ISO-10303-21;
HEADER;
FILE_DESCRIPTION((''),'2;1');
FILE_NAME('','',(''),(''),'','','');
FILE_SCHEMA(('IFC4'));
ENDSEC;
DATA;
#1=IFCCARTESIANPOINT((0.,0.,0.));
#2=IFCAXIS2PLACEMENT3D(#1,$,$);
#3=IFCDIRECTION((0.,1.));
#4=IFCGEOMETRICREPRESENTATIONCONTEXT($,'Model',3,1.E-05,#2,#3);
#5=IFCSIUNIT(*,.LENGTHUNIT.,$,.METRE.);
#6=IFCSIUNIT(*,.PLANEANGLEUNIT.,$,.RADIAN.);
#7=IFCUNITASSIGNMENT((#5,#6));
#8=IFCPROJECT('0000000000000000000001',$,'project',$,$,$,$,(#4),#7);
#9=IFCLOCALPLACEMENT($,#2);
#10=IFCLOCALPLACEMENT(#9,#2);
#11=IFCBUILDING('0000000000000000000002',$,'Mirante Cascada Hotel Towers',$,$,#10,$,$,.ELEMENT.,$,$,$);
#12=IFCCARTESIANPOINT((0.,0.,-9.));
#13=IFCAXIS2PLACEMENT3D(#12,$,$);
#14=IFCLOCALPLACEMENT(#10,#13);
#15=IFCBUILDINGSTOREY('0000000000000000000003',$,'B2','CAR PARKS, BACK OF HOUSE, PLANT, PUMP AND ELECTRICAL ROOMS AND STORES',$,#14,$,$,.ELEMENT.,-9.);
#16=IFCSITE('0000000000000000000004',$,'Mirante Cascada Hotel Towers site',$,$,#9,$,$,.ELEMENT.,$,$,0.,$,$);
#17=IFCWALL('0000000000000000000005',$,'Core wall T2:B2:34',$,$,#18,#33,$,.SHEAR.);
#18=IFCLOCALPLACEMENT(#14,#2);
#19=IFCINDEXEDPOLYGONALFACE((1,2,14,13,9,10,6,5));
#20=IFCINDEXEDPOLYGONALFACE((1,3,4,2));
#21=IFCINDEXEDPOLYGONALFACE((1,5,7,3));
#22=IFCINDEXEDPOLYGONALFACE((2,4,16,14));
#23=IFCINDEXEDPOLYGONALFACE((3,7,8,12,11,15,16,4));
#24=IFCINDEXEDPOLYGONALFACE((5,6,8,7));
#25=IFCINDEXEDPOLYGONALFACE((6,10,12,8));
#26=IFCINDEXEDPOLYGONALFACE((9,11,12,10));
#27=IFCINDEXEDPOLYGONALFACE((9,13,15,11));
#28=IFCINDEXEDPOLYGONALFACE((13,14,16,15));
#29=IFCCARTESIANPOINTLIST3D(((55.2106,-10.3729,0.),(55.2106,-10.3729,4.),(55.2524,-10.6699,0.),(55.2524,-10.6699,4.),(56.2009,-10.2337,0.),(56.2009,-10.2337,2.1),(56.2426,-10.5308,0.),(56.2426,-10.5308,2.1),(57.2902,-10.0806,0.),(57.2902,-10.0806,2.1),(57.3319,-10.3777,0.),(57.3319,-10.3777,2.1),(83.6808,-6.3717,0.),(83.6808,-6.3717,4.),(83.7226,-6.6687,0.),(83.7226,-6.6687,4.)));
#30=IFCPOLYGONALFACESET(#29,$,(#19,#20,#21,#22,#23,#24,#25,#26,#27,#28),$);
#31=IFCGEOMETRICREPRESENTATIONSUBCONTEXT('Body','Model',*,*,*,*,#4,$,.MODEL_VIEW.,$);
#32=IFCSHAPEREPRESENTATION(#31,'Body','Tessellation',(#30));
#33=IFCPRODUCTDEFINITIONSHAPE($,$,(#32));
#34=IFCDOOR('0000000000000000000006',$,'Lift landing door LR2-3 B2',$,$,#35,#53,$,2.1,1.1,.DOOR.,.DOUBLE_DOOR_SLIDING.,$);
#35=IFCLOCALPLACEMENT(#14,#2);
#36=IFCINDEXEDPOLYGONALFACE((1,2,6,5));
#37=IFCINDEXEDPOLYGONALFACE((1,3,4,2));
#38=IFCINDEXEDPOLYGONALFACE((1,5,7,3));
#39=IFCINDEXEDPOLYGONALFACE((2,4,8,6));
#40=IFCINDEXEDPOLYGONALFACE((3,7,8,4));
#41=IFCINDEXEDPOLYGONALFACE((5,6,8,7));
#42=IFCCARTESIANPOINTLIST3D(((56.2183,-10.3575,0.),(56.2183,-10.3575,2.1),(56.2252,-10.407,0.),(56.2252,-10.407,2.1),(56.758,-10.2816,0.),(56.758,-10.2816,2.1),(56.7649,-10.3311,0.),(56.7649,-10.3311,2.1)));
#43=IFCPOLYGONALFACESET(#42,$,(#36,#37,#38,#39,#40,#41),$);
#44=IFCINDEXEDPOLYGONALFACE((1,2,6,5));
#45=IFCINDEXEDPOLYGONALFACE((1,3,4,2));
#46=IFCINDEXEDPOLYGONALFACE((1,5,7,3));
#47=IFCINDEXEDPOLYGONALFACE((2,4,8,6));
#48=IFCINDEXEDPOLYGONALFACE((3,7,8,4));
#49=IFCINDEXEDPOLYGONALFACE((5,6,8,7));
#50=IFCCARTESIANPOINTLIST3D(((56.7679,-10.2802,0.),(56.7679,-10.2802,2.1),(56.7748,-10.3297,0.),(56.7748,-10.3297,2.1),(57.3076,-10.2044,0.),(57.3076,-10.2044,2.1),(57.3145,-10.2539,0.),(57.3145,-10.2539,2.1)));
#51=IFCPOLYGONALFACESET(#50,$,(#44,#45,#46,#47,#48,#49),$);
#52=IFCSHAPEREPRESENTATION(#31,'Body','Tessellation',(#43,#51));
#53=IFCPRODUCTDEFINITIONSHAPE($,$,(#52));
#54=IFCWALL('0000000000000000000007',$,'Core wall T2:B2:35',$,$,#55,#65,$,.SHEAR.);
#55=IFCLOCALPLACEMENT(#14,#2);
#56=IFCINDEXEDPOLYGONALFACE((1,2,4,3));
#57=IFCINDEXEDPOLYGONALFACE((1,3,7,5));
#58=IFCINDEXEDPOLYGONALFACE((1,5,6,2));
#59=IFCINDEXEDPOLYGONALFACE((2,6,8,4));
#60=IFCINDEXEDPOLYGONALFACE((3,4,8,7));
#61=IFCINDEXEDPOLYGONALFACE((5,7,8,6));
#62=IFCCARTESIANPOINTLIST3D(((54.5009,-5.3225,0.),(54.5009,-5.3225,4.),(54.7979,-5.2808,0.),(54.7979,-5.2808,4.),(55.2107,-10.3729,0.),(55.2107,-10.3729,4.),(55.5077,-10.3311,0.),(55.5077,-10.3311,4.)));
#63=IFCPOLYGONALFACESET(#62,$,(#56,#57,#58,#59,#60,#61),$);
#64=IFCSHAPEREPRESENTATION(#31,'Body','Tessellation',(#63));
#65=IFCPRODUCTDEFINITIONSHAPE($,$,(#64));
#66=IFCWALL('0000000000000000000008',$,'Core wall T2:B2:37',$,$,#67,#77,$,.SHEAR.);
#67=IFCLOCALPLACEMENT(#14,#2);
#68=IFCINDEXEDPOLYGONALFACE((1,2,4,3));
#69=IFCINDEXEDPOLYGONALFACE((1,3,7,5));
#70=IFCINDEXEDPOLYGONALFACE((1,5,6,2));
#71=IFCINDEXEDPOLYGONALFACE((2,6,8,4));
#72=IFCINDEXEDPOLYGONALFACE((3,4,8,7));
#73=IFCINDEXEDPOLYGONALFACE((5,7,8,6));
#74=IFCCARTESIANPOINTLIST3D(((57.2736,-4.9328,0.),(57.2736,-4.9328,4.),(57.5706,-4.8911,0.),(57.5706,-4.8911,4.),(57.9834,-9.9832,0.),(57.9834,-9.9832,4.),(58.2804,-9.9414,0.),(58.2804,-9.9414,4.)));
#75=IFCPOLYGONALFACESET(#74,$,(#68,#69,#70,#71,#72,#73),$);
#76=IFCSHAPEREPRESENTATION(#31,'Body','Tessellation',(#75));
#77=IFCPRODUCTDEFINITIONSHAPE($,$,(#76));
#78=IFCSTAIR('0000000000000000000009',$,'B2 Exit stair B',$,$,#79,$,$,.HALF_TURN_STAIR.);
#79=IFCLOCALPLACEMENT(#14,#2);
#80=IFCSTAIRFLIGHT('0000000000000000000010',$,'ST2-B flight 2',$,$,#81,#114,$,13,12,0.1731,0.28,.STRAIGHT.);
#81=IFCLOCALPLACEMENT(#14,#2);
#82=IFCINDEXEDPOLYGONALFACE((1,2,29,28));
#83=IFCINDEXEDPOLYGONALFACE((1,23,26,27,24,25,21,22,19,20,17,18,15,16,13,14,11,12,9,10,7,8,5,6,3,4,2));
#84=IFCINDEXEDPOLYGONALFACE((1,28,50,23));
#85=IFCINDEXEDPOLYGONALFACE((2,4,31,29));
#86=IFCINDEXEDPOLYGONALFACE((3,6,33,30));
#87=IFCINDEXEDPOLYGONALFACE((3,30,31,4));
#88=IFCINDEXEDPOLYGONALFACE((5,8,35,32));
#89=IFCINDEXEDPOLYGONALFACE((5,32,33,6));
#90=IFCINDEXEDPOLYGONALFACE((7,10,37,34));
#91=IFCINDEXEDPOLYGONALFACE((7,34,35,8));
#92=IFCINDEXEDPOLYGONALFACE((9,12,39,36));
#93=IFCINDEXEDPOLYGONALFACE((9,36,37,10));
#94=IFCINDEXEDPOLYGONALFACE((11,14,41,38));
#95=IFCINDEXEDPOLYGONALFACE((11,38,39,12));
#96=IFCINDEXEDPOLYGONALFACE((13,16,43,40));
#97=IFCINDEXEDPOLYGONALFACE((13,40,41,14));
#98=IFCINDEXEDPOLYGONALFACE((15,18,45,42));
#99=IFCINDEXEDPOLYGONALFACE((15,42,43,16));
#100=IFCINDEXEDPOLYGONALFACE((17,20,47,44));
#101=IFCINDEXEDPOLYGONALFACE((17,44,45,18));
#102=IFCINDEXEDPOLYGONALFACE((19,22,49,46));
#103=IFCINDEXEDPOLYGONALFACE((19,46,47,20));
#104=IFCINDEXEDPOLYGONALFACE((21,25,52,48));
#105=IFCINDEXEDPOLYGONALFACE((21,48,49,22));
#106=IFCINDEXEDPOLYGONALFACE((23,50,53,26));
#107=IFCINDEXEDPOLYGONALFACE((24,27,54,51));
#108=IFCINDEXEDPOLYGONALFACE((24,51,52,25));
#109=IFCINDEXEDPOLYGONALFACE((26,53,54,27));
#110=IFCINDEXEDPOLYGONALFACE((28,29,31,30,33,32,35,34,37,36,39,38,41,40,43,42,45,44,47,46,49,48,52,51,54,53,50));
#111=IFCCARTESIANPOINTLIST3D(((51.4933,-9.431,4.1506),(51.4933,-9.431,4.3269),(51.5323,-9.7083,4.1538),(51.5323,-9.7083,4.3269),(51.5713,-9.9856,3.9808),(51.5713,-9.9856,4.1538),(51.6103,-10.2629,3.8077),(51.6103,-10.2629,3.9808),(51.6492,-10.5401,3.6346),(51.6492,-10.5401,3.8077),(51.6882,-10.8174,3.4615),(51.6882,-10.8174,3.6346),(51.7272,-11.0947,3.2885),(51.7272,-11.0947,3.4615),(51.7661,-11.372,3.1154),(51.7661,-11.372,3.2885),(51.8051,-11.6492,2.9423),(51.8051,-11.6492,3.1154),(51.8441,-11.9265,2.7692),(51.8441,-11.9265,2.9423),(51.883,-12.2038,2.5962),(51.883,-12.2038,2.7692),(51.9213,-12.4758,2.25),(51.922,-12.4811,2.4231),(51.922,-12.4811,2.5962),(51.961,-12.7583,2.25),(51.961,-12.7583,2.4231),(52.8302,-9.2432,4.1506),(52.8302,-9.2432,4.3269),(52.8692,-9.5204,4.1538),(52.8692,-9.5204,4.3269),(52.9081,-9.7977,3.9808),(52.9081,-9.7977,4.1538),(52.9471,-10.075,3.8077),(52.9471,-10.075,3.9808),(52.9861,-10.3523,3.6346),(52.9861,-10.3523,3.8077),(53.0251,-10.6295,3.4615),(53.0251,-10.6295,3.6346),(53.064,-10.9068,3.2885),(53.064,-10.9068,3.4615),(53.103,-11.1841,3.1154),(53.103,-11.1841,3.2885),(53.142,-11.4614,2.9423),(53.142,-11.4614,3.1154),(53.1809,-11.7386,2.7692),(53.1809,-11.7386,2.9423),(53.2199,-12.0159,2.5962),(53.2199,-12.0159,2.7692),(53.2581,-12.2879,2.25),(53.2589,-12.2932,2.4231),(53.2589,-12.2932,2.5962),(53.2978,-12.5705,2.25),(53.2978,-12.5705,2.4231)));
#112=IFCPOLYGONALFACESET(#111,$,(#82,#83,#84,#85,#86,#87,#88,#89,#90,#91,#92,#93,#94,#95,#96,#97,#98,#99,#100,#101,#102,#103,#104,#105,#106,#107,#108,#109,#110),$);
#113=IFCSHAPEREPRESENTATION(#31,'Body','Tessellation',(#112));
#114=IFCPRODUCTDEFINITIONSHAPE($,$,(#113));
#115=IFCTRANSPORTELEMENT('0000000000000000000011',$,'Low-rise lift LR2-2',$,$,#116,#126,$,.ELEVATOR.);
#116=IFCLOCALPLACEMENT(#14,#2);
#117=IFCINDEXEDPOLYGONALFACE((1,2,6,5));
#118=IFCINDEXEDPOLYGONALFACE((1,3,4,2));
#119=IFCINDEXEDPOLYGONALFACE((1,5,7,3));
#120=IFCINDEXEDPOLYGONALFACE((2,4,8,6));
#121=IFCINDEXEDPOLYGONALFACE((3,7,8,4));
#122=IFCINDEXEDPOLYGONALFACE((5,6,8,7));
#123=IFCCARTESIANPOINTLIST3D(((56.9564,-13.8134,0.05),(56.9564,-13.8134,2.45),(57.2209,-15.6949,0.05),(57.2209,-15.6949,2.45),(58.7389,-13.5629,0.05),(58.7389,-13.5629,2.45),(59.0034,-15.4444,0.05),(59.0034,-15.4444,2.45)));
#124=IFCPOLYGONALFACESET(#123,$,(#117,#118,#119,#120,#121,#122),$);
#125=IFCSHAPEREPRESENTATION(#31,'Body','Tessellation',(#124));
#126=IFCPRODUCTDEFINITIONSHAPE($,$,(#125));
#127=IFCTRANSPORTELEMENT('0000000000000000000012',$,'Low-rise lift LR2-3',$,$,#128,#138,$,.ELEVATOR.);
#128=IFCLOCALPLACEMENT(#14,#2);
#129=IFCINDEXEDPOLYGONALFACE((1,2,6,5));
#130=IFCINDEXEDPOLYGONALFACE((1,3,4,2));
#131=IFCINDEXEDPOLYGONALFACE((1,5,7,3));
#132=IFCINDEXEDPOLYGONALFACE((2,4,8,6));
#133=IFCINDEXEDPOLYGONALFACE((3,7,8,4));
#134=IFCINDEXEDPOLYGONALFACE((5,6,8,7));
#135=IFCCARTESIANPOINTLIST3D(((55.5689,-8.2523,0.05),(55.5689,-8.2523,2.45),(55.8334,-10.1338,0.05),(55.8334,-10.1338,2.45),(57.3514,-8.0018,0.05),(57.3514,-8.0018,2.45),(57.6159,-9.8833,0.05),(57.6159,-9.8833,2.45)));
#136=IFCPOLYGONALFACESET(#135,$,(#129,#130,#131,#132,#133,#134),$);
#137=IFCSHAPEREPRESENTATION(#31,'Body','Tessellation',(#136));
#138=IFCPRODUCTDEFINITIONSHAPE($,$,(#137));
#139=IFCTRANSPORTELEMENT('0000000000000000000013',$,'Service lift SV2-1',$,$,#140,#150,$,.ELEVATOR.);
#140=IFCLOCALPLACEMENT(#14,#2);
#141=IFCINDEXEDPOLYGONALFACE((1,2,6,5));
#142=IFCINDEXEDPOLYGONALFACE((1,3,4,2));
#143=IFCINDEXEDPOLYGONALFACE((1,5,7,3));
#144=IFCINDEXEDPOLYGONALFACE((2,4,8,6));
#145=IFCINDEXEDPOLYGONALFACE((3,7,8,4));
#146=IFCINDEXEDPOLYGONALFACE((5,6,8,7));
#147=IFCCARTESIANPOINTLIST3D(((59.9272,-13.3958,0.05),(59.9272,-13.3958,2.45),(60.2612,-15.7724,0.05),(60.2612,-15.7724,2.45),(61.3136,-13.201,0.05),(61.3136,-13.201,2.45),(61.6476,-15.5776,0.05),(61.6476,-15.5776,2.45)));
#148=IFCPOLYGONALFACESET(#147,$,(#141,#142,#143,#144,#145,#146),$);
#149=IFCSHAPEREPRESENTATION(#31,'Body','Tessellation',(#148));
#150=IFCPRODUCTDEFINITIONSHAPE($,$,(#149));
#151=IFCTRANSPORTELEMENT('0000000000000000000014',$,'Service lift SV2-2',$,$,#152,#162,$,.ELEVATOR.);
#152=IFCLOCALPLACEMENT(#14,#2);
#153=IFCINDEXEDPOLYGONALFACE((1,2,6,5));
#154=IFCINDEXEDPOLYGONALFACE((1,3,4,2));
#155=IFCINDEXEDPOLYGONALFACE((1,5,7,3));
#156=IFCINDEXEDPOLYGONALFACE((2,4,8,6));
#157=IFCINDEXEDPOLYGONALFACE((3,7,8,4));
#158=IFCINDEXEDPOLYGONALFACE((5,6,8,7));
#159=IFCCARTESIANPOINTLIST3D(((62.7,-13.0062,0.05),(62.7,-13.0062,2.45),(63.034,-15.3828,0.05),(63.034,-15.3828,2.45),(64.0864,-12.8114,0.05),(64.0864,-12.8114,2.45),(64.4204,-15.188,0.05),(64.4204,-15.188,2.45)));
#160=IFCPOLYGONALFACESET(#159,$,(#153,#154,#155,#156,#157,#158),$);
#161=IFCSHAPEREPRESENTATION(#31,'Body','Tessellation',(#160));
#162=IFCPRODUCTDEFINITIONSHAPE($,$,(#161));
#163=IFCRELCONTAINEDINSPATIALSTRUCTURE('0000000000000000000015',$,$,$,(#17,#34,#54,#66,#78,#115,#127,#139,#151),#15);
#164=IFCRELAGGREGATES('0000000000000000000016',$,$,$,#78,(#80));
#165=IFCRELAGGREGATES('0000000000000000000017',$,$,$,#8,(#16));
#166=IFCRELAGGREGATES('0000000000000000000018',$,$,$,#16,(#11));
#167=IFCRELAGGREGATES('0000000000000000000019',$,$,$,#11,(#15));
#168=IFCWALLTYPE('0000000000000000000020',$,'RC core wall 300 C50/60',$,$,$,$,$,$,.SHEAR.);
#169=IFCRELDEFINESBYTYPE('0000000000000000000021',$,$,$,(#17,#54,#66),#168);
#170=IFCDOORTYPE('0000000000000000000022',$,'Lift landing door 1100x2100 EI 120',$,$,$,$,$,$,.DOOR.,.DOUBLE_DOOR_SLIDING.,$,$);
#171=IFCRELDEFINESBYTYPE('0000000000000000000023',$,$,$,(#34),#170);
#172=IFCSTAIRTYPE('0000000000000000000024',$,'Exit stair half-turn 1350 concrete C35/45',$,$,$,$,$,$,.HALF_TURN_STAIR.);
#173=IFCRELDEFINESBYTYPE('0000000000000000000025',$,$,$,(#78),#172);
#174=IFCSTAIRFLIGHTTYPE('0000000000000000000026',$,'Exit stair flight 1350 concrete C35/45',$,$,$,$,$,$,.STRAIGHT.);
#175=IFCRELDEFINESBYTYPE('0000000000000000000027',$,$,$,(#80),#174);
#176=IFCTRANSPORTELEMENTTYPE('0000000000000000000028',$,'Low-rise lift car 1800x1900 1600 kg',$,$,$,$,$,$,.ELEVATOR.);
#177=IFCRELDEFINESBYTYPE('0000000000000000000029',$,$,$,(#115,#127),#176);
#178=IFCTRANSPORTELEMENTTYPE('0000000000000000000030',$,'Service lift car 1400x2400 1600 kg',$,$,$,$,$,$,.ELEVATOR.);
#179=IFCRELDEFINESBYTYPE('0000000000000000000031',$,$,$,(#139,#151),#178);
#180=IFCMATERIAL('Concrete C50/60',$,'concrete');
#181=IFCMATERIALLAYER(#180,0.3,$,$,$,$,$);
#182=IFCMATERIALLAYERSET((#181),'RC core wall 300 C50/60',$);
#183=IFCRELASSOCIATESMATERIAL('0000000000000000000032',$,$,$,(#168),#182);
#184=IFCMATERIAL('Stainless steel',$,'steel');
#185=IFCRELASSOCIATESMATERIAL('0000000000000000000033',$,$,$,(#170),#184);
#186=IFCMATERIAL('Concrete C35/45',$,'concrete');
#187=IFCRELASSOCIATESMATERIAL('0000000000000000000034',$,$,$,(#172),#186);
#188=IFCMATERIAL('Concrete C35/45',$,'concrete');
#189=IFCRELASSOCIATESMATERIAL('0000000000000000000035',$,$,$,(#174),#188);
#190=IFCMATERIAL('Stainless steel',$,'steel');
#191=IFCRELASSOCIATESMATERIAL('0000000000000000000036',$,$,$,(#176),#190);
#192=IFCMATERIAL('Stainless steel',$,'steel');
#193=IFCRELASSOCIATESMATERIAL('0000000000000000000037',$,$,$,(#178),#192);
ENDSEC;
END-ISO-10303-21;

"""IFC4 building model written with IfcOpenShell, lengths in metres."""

from ifc_helpers import new_model, si_unit, direction, frame, frame_2d, origin, origin_2d, place, context, subcontext, project, spatial, polyline, rectangle, outline, extrude, material, layer, layer_set, type_object, element, fill, aggregate, save


model = new_model("IFC4")

# Units and contexts
model_context = context("Model", 3, precision=1e-05, world=origin(), true_north=direction((0.0, 1.0)))
body_context = subcontext(model_context, "Body", "Model", "MODEL_VIEW")
ifc_project = project(units=[si_unit("LENGTHUNIT", "METRE"), si_unit("PLANEANGLEUNIT", "RADIAN")], contexts=[model_context])

# Site, building, storey
site_placement = place(None, origin())
site = spatial("IfcSite", under=ifc_project, at=site_placement, Name="Mirante Cascada Hotel Towers site", CompositionType="ELEMENT", RefElevation=0.0)
building_placement = place(site_placement, origin())
building = spatial("IfcBuilding", under=site, at=building_placement, Name="Mirante Cascada Hotel Towers", CompositionType="ELEMENT")
storey_placement = place(building_placement, frame((0.0, 0.0, -9.0)))
storey = spatial("IfcBuildingStorey", under=building, at=storey_placement, Name="B2", Description="CAR PARKS, BACK OF HOUSE, PLANT, PUMP AND ELECTRICAL ROOMS AND STORES", CompositionType="ELEMENT", Elevation=-9.0)

# Shared definitions
ifc_material_1 = material(Name="Concrete C50/60", Category="concrete")
ifc_layer = layer(ifc_material_1, 0.3)
ifc_layer_set = layer_set([ifc_layer], Name="RC core wall 300 C50/60")
wall_type = type_object("IfcWallType", Name="RC core wall 300 C50/60", PredefinedType="SHEAR", material=ifc_layer_set)
ifc_material_2 = material(Name="Stainless steel", Category="steel")
door_type_1 = type_object("IfcDoorType", Name="Lift landing door 1100x2100 EI 120", OperationType="DOUBLE_DOOR_SLIDING", PredefinedType="DOOR", material=ifc_material_2)

# Wall, opening, door
wall_1_placement = place(storey_placement, frame((55.2315, -10.5214, 0.0), z_axis=(0.0, 0.0, 1.0), x_axis=(0.990268, 0.139172, 0.0)))
wall_1 = element("IfcWall", 1, at=wall_1_placement, inside=storey, type_object=wall_type, Name="Core wall T2:B2:34", PredefinedType="SHEAR", context=body_context, shape_type="SweptSolid", body=[
    extrude(rectangle(XDim=28.75, YDim=0.3, at=frame_2d((14.375, 0.0))), origin(), (0.0, 0.0, 1.0), 4.0),
])
opening_1_placement = place(wall_1_placement, frame((1.0, 0.0, 0.0)))
opening_1 = element("IfcOpeningElement", 2, at=opening_1_placement, cuts=wall_1, PredefinedType="OPENING", context=body_context, shape_type="SweptSolid", body=[
    extrude(rectangle(XDim=1.1, YDim=2.1, at=frame_2d((0.55, 1.05))), frame((0.0, 0.15, 0.0), z_axis=(0.0, -1.0, 0.0), x_axis=(1.0, 0.0, 0.0)), (0.0, 0.0, 1.0), 0.3),
])
door_1_placement = place(opening_1_placement, origin())
door_1 = element("IfcDoor", 3, at=door_1_placement, inside=storey, type_object=door_type_1, Name="Lift landing door LR2-3 B2", OperationType="DOUBLE_DOOR_SLIDING", OverallHeight=2.1, OverallWidth=1.1, PredefinedType="DOOR", context=body_context, shape_type="SweptSolid", body=[
    extrude(rectangle(XDim=0.545, YDim=2.1, at=frame_2d((0.2725, 1.05))), frame((0.0, 0.025, 0.0), z_axis=(0.0, -1.0, 0.0), x_axis=(1.0, 0.0, 0.0)), (0.0, 0.0, 1.0), 0.05),
    extrude(rectangle(XDim=0.545, YDim=2.1, at=frame_2d((0.8275, 1.05))), frame((0.0, 0.025, 0.0), z_axis=(0.0, -1.0, 0.0), x_axis=(1.0, 0.0, 0.0)), (0.0, 0.0, 1.0), 0.05),
])
fill(opening_1, door_1)

# Walls
for number, where, z_axis, x_axis, name in (
    (4, (55.3592, -10.352, 0.0), (0.0, 0.0, 1.0), (-0.139176, 0.990268, 0.0), "Core wall T2:B2:35"),
    (5, (58.1319, -9.9623, 0.0), (0.0, 0.0, 1.0), (-0.139176, 0.990268, 0.0), "Core wall T2:B2:37"),
):
    element("IfcWall", number, at=place(storey_placement, frame(where, z_axis=z_axis, x_axis=x_axis)), inside=storey, type_object=wall_type, Name=name, PredefinedType="SHEAR", context=body_context, shape_type="SweptSolid", body=[
        extrude(rectangle(XDim=5.1, YDim=0.3, at=frame_2d((2.55, 0.0))), origin(), (0.0, 0.0, 1.0), 4.0),
    ])

# Stair, stair flight
ifc_material_3 = material(Name="Concrete C35/45", Category="concrete")
stair_type = type_object("IfcStairType", Name="Exit stair half-turn 1350 concrete C35/45", PredefinedType="HALF_TURN_STAIR", material=ifc_material_3)
stair_placement = place(storey_placement, origin())
stair = element("IfcStair", 6, at=stair_placement, inside=storey, type_object=stair_type, Name="B2 Exit stair B", PredefinedType="HALF_TURN_STAIR")
ifc_material_4 = material(Name="Concrete C35/45", Category="concrete")
stair_flight_type = type_object("IfcStairFlightType", Name="Exit stair flight 1350 concrete C35/45", PredefinedType="STRAIGHT", material=ifc_material_4)
stair_flight_placement = place(storey_placement, frame((52.6294, -12.6644, 2.25), z_axis=(0.0, 0.0, 1.0), x_axis=(-0.139173, 0.990268, 0.0)))
stair_flight = element("IfcStairFlight", 7, at=stair_flight_placement, type_object=stair_flight_type, Name="ST2-B flight 2", NumberOfRisers=13, NumberOfTreads=12, PredefinedType="STRAIGHT", RiserHeight=0.1731, TreadLength=0.28, context=body_context, shape_type="SweptSolid", body=[
    extrude(outline(polyline([(0.0, 0.0), (0.0, 0.1731), (0.28, 0.1731), (0.28, 0.3462), (0.56, 0.3462), (0.56, 0.5192), (0.84, 0.5192), (0.84, 0.6923), (1.12, 0.6923), (1.12, 0.8654), (1.4, 0.8654), (1.4, 1.0385), (1.68, 1.0385), (1.68, 1.2115), (1.96, 1.2115), (1.96, 1.3846), (2.24, 1.3846), (2.24, 1.5577), (2.52, 1.5577), (2.52, 1.7308), (2.8, 1.7308), (2.8, 1.9038), (3.08, 1.9038), (3.08, 2.0769), (3.36, 2.0769), (3.36, 2.25), (3.36, 1.9006), (0.2853, 0.0), (0.0, 0.0)])), frame((0.0, 0.675, 0.0), z_axis=(0.0, -1.0, 0.0), x_axis=(1.0, 0.0, 0.0)), (0.0, 0.0, 1.0), 1.35),
])
aggregate(stair, [stair_flight])

# Transport elements
ifc_material_5 = material(Name="Stainless steel", Category="steel")
transport_element_type_1 = type_object("IfcTransportElementType", Name="Low-rise lift car 1800x1900 1600 kg", PredefinedType="ELEVATOR", material=ifc_material_5)
for number, where, z_axis, x_axis, name in (
    (8, (57.9799, -14.6289, 0.05), (0.0, 0.0, 1.0), (0.990268, 0.139173, 0.0), "Low-rise lift LR2-2"),
    (9, (56.5924, -9.0678, 0.05), (0.0, 0.0, 1.0), (0.990268, 0.139173, 0.0), "Low-rise lift LR2-3"),
):
    element("IfcTransportElement", number, at=place(storey_placement, frame(where, z_axis=z_axis, x_axis=x_axis)), inside=storey, type_object=transport_element_type_1, Name=name, PredefinedType="ELEVATOR", context=body_context, shape_type="SweptSolid", body=[
        extrude(rectangle(XDim=1.8, YDim=1.9, at=origin_2d()), origin(), (0.0, 0.0, 1.0), 2.4),
    ])
ifc_material_6 = material(Name="Stainless steel", Category="steel")
transport_element_type_2 = type_object("IfcTransportElementType", Name="Service lift car 1400x2400 1600 kg", PredefinedType="ELEVATOR", material=ifc_material_6)
for number, where, z_axis, x_axis, name in (
    (10, (60.7874, -14.4867, 0.05), (0.0, 0.0, 1.0), (0.990268, 0.139173, 0.0), "Service lift SV2-1"),
    (11, (63.5602, -14.0971, 0.05), (0.0, 0.0, 1.0), (0.990268, 0.139173, 0.0), "Service lift SV2-2"),
):
    element("IfcTransportElement", number, at=place(storey_placement, frame(where, z_axis=z_axis, x_axis=x_axis)), inside=storey, type_object=transport_element_type_2, Name=name, PredefinedType="ELEVATOR", context=body_context, shape_type="SweptSolid", body=[
        extrude(rectangle(XDim=1.4, YDim=2.4, at=origin_2d()), origin(), (0.0, 0.0, 1.0), 2.4),
    ])

save(model, "model.ifc")
